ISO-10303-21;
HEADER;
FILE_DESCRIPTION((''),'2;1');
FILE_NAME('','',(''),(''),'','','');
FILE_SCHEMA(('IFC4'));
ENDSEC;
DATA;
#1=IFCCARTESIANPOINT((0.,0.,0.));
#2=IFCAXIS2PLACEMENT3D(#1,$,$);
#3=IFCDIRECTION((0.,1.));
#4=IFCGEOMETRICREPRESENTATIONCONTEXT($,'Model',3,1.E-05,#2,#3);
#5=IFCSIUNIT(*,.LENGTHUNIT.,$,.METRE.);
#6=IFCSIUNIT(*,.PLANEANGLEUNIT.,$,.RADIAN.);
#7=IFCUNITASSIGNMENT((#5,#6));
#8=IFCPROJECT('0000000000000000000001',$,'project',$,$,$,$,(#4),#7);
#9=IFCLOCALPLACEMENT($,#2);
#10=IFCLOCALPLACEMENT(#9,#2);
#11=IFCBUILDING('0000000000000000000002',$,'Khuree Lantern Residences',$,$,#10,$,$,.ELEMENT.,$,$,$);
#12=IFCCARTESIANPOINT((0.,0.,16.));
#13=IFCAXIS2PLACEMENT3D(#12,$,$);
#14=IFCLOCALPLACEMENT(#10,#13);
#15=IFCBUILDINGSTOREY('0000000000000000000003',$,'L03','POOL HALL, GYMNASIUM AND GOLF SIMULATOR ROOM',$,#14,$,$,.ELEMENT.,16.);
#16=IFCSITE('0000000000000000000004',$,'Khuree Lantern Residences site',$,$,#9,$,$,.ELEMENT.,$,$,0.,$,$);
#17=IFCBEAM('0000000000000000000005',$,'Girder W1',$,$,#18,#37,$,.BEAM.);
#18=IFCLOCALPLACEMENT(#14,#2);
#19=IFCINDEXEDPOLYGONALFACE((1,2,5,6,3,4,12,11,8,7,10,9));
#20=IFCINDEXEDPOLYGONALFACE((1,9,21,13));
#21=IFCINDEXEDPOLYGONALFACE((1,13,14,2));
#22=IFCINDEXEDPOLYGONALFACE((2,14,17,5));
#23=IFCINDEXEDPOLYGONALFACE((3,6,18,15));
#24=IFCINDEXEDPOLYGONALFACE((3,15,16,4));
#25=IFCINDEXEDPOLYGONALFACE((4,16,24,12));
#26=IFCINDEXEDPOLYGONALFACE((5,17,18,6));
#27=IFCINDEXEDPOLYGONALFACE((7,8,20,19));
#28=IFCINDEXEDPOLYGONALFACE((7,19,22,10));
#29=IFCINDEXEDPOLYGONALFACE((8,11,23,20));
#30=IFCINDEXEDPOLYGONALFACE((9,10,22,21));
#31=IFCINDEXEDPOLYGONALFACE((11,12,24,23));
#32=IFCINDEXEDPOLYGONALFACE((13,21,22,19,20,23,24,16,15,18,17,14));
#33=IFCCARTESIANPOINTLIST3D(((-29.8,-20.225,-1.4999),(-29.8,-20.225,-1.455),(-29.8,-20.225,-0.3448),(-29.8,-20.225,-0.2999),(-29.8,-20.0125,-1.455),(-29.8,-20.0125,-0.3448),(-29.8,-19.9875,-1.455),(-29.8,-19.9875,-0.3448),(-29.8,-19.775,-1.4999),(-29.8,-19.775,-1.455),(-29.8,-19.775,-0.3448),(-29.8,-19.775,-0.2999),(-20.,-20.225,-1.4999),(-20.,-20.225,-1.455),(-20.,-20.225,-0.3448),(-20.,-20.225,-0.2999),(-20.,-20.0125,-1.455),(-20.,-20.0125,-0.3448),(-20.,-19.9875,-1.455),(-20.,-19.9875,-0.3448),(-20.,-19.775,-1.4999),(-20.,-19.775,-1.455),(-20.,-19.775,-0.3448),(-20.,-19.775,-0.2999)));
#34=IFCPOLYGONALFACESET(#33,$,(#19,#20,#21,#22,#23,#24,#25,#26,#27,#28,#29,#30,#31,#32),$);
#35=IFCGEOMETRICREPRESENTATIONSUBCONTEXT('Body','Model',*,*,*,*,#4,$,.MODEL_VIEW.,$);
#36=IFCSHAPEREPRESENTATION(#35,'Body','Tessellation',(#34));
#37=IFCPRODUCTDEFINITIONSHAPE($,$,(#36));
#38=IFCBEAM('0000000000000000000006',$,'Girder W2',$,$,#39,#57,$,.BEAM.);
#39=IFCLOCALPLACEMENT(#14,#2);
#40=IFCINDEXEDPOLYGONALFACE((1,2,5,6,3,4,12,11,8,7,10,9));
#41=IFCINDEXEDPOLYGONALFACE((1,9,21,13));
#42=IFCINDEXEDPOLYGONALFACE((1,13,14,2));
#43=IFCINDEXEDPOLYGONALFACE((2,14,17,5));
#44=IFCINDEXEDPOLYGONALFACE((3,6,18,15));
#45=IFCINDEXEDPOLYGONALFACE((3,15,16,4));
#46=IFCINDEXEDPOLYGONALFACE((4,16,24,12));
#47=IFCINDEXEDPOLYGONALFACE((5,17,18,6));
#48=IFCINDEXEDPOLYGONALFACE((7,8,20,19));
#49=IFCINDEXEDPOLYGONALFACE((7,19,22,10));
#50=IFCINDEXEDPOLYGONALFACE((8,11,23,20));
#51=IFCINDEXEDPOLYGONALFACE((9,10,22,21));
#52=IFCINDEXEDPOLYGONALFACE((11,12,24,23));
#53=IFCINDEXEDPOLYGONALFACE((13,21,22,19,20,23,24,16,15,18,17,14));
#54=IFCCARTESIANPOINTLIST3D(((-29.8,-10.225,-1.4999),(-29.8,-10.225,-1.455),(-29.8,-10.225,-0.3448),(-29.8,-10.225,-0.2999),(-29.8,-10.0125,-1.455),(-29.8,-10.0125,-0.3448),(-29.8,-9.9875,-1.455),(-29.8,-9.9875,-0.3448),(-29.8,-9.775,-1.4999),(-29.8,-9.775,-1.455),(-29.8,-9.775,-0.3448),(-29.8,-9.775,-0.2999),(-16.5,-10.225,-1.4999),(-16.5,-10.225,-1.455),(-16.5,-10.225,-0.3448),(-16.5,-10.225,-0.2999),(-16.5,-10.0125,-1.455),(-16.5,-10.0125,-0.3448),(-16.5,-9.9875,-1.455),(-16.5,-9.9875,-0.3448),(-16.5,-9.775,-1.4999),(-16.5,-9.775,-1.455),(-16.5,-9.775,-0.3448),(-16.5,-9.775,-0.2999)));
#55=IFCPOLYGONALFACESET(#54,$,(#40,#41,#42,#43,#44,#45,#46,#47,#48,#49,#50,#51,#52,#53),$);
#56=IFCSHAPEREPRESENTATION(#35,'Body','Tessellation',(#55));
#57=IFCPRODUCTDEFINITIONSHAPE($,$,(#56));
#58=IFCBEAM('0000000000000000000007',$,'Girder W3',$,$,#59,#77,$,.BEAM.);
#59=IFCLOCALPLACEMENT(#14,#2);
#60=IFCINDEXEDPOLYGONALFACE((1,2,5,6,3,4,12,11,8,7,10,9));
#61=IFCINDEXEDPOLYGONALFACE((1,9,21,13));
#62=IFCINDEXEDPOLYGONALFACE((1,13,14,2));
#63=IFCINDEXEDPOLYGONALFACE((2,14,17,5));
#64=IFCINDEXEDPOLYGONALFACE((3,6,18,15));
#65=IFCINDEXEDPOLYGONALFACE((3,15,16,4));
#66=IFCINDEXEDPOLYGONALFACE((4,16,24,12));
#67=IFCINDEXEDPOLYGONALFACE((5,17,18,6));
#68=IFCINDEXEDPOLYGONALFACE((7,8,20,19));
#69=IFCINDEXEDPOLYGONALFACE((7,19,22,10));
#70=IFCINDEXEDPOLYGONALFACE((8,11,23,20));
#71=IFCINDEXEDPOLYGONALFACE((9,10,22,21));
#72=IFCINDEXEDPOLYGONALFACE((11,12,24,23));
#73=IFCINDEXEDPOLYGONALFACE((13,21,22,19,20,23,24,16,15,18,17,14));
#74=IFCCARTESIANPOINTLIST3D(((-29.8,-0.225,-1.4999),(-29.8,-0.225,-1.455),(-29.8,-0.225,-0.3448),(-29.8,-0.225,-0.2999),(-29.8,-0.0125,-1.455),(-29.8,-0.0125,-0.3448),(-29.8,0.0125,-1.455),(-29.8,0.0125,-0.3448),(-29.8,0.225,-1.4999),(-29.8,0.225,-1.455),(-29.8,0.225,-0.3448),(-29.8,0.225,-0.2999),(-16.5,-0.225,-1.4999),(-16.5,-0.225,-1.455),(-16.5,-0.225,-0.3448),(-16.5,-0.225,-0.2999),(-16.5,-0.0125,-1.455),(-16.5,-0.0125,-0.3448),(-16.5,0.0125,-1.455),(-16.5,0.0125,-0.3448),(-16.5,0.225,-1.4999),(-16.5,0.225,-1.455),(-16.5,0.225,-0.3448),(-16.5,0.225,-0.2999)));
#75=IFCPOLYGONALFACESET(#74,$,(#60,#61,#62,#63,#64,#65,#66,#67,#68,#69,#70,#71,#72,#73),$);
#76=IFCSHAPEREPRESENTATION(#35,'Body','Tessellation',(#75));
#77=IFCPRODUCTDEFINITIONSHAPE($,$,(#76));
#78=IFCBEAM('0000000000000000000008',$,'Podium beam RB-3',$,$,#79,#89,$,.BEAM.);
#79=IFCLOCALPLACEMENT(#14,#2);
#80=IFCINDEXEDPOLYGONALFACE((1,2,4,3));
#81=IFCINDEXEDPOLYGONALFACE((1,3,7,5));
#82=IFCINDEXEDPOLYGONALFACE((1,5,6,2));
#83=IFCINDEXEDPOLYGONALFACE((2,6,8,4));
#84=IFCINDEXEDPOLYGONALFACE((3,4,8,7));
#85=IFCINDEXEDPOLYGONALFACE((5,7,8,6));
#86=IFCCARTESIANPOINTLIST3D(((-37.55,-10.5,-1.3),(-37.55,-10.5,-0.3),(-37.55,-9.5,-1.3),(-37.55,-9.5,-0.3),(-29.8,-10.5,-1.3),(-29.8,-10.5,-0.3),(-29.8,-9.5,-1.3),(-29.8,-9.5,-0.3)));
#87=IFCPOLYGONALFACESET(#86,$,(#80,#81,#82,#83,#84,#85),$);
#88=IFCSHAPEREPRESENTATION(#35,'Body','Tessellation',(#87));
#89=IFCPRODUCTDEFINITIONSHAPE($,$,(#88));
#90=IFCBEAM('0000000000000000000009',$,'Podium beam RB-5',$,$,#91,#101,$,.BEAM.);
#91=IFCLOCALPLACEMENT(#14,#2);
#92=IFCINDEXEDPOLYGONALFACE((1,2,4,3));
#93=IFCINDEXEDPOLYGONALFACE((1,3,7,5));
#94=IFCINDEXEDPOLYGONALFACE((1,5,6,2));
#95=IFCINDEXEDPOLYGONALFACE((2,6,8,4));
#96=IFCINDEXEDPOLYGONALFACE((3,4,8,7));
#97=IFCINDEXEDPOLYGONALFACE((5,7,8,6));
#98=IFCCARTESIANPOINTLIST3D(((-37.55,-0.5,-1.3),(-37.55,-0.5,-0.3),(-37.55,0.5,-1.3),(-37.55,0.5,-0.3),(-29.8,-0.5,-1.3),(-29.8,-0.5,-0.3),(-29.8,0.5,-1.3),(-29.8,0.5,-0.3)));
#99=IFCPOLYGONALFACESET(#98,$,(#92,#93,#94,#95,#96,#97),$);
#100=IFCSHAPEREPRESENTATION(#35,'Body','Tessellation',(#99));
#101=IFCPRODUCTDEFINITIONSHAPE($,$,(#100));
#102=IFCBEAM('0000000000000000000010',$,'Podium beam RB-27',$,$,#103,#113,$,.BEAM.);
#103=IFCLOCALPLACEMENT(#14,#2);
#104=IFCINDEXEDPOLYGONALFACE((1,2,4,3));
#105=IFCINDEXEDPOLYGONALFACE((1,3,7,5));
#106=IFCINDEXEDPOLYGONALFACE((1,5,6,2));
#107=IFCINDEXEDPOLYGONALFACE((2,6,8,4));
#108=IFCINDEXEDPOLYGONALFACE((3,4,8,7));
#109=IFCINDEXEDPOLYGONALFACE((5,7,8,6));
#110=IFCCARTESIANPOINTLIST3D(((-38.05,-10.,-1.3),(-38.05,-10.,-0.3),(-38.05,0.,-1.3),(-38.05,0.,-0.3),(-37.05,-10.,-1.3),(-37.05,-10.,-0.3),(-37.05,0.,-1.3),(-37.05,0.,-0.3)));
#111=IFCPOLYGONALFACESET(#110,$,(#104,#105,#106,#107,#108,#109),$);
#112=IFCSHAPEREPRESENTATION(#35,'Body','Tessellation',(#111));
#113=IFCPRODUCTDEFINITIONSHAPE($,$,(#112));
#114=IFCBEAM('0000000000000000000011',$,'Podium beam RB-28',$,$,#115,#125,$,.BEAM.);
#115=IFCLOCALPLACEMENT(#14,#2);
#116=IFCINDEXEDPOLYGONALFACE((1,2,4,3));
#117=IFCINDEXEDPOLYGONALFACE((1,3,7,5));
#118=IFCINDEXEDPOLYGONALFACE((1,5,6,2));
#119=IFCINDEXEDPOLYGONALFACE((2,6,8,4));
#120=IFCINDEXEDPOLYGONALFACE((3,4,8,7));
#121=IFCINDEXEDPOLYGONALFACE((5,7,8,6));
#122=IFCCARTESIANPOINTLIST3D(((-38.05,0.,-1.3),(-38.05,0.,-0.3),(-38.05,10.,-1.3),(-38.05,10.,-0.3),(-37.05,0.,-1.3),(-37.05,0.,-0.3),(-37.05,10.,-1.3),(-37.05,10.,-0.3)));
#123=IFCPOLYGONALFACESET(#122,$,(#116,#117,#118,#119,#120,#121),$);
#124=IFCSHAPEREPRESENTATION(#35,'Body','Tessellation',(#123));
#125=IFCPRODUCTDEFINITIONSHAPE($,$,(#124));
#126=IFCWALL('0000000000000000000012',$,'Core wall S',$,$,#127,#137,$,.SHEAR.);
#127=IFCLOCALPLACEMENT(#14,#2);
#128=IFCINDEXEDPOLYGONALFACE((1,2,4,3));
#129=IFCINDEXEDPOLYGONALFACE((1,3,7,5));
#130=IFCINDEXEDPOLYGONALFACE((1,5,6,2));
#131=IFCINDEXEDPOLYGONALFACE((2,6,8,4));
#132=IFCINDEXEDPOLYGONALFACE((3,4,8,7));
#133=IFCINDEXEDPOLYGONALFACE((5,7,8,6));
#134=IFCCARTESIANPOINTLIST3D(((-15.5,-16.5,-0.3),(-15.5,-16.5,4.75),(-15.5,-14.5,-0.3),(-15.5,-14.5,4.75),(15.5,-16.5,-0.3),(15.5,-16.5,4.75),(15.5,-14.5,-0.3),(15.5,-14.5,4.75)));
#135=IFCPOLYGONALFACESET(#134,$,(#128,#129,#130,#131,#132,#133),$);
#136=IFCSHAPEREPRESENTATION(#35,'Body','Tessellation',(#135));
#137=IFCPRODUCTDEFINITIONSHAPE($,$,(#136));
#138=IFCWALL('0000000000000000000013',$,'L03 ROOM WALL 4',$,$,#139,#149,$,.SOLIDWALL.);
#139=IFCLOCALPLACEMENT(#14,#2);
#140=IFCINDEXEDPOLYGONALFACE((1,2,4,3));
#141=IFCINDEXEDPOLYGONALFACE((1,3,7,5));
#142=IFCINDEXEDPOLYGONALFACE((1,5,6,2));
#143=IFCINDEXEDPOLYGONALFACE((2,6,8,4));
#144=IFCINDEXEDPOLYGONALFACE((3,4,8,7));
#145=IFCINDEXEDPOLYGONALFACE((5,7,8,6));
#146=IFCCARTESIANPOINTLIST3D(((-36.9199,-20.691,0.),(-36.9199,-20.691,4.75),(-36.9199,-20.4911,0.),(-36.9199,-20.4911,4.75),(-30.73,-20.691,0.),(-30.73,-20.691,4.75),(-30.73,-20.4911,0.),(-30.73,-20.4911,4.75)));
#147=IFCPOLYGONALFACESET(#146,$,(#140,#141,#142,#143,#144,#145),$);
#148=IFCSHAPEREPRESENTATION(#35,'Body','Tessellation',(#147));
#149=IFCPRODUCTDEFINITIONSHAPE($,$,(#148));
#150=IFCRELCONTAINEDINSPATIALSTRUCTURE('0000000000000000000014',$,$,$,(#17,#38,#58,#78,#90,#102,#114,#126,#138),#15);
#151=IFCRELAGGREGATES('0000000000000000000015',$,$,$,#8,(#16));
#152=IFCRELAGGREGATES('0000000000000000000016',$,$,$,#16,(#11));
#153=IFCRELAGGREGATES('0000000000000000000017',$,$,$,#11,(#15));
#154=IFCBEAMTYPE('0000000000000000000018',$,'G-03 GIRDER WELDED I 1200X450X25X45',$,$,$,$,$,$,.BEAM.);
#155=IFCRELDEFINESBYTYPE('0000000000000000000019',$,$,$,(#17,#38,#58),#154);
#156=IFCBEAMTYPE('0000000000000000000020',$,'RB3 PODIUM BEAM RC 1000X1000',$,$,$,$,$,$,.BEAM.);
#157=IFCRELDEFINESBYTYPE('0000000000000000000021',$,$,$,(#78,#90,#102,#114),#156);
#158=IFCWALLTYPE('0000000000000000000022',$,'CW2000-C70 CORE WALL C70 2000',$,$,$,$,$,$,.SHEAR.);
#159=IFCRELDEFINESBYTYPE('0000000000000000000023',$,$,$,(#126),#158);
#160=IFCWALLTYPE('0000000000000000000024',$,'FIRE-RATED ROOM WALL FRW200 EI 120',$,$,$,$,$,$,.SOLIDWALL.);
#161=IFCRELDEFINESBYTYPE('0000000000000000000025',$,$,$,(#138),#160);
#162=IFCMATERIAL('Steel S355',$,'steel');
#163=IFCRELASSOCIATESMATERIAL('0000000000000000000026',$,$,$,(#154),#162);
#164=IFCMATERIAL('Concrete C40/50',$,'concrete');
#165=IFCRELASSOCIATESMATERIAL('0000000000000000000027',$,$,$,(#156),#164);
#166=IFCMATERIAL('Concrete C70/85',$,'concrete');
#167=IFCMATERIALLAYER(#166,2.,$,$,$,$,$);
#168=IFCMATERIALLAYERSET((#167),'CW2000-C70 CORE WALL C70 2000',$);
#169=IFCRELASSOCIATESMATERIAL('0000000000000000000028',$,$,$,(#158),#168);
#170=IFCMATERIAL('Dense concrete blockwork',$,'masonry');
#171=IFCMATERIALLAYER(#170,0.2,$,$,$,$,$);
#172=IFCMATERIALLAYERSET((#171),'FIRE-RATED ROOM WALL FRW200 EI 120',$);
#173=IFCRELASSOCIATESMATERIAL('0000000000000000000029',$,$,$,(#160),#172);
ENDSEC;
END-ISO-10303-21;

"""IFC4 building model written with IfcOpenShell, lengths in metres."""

from ifc_helpers import new_model, si_unit, direction, frame, frame_2d, origin, origin_2d, place, context, subcontext, project, spatial, rectangle, i_section, extrude, material, layer, layer_set, material_profile, profile_set, type_object, element, save


model = new_model("IFC4")

# Units and contexts
model_context = context("Model", 3, precision=1e-05, world=origin(), true_north=direction((0.0, 1.0)))
body_context = subcontext(model_context, "Body", "Model", "MODEL_VIEW")
ifc_project = project(units=[si_unit("LENGTHUNIT", "METRE"), si_unit("PLANEANGLEUNIT", "RADIAN")], contexts=[model_context])

# Site, building, storey
site_placement = place(None, origin())
site = spatial("IfcSite", under=ifc_project, at=site_placement, Name="Khuree Lantern Residences site", CompositionType="ELEMENT", RefElevation=0.0)
building_placement = place(site_placement, origin())
building = spatial("IfcBuilding", under=site, at=building_placement, Name="Khuree Lantern Residences", CompositionType="ELEMENT")
storey_placement = place(building_placement, frame((0.0, 0.0, 16.0)))
storey = spatial("IfcBuildingStorey", under=building, at=storey_placement, Name="L03", Description="POOL HALL, GYMNASIUM AND GOLF SIMULATOR ROOM", CompositionType="ELEMENT", Elevation=16.0)

# Shared definitions
ifc_material_1 = material(Name="Concrete C70/85", Category="concrete")

# Beams
ifc_material_2 = material(Name="Steel S355", Category="steel")
ifc_material_profile_1 = material_profile(ifc_material_2, i_section(OverallWidth=0.45, OverallDepth=1.2, WebThickness=0.0249, FlangeThickness=0.0449, at=origin_2d()), Name="WELDED I 1200X450X25X45")
ifc_profile_set_1 = profile_set([ifc_material_profile_1], Name="Steel S355")
beam_type_1 = type_object("IfcBeamType", Name="G-03 GIRDER WELDED I 1200X450X25X45", PredefinedType="BEAM", material=ifc_profile_set_1)
beam_placement = place(storey_placement, frame((-29.8, -20.0, -0.8999), z_axis=(1.0, 0.0, 0.0), x_axis=(0.0, 1.0, 0.0)))
element("IfcBeam", 1, at=beam_placement, inside=storey, type_object=beam_type_1, Name="Girder W1", PredefinedType="BEAM", context=body_context, shape_type="SweptSolid", body=[
    extrude(i_section(OverallWidth=0.45, OverallDepth=1.2, WebThickness=0.0249, FlangeThickness=0.0449, at=origin_2d()), origin(), (0.0, 0.0, 1.0), 9.8),
])
for number, where, z_axis, x_axis, name in (
    (2, (-29.8, -10.0, -0.8999), (1.0, 0.0, 0.0), (0.0, 1.0, 0.0), "Girder W2"),
    (3, (-29.8, 0.0, -0.8999), (1.0, 0.0, 0.0), (0.0, 1.0, 0.0), "Girder W3"),
):
    element("IfcBeam", number, at=place(storey_placement, frame(where, z_axis=z_axis, x_axis=x_axis)), inside=storey, type_object=beam_type_1, Name=name, PredefinedType="BEAM", context=body_context, shape_type="SweptSolid", body=[
        extrude(i_section(OverallWidth=0.45, OverallDepth=1.2, WebThickness=0.0249, FlangeThickness=0.0449, at=origin_2d()), origin(), (0.0, 0.0, 1.0), 13.3),
    ])
ifc_material_3 = material(Name="Concrete C40/50", Category="concrete")
ifc_material_profile_2 = material_profile(ifc_material_3, rectangle(XDim=1.0, YDim=1.0, at=origin_2d()), Name="RC 1000X1000")
ifc_profile_set_2 = profile_set([ifc_material_profile_2], Name="Concrete C40/50")
beam_type_2 = type_object("IfcBeamType", Name="RB3 PODIUM BEAM RC 1000X1000", PredefinedType="BEAM", material=ifc_profile_set_2)
for number, where, z_axis, x_axis, name in (
    (4, (-37.55, -10.0, -0.8), (1.0, 0.0, 0.0), (0.0, 1.0, 0.0), "Podium beam RB-3"),
    (5, (-37.55, 0.0, -0.8), (1.0, 0.0, 0.0), (0.0, 1.0, 0.0), "Podium beam RB-5"),
):
    element("IfcBeam", number, at=place(storey_placement, frame(where, z_axis=z_axis, x_axis=x_axis)), inside=storey, type_object=beam_type_2, Name=name, PredefinedType="BEAM", context=body_context, shape_type="SweptSolid", body=[
        extrude(rectangle(XDim=1.0, YDim=1.0, at=origin_2d()), origin(), (0.0, 0.0, 1.0), 7.75),
    ])
for number, where, z_axis, x_axis, name in (
    (6, (-37.55, -10.0, -0.8), (0.0, 1.0, 0.0), (-1.0, 0.0, 0.0), "Podium beam RB-27"),
    (7, (-37.55, 0.0, -0.8), (0.0, 1.0, 0.0), (-1.0, 0.0, 0.0), "Podium beam RB-28"),
):
    element("IfcBeam", number, at=place(storey_placement, frame(where, z_axis=z_axis, x_axis=x_axis)), inside=storey, type_object=beam_type_2, Name=name, PredefinedType="BEAM", context=body_context, shape_type="SweptSolid", body=[
        extrude(rectangle(XDim=1.0, YDim=1.0, at=origin_2d()), origin(), (0.0, 0.0, 1.0), 10.0),
    ])

# Walls
ifc_layer_1 = layer(ifc_material_1, 2.0)
ifc_layer_set_1 = layer_set([ifc_layer_1], Name="CW2000-C70 CORE WALL C70 2000")
wall_type_1 = type_object("IfcWallType", Name="CW2000-C70 CORE WALL C70 2000", PredefinedType="SHEAR", material=ifc_layer_set_1)
wall_1_placement = place(storey_placement, frame((-15.5, -15.5, -0.3), z_axis=(0.0, 0.0, 1.0), x_axis=(1.0, 0.0, 0.0)))
element("IfcWall", 8, at=wall_1_placement, inside=storey, type_object=wall_type_1, Name="Core wall S", PredefinedType="SHEAR", context=body_context, shape_type="SweptSolid", body=[
    extrude(rectangle(XDim=31.0, YDim=2.0, at=frame_2d((15.5, 0.0))), origin(), (0.0, 0.0, 1.0), 5.05),
])
ifc_material_4 = material(Name="Dense concrete blockwork", Category="masonry")
ifc_layer_2 = layer(ifc_material_4, 0.2)
ifc_layer_set_2 = layer_set([ifc_layer_2], Name="FIRE-RATED ROOM WALL FRW200 EI 120")
wall_type_2 = type_object("IfcWallType", Name="FIRE-RATED ROOM WALL FRW200 EI 120", PredefinedType="SOLIDWALL", material=ifc_layer_set_2)
wall_2_placement = place(storey_placement, frame((-36.9199, -20.5911, 0.0), z_axis=(0.0, 0.0, 1.0), x_axis=(1.0, 0.0, 0.0)))
element("IfcWall", 9, at=wall_2_placement, inside=storey, type_object=wall_type_2, Name="L03 ROOM WALL 4", PredefinedType="SOLIDWALL", context=body_context, shape_type="SweptSolid", body=[
    extrude(rectangle(XDim=6.1899, YDim=0.2, at=frame_2d((3.095, 0.0))), origin(), (0.0, 0.0, 1.0), 4.75),
])

save(model, "model.ifc")
